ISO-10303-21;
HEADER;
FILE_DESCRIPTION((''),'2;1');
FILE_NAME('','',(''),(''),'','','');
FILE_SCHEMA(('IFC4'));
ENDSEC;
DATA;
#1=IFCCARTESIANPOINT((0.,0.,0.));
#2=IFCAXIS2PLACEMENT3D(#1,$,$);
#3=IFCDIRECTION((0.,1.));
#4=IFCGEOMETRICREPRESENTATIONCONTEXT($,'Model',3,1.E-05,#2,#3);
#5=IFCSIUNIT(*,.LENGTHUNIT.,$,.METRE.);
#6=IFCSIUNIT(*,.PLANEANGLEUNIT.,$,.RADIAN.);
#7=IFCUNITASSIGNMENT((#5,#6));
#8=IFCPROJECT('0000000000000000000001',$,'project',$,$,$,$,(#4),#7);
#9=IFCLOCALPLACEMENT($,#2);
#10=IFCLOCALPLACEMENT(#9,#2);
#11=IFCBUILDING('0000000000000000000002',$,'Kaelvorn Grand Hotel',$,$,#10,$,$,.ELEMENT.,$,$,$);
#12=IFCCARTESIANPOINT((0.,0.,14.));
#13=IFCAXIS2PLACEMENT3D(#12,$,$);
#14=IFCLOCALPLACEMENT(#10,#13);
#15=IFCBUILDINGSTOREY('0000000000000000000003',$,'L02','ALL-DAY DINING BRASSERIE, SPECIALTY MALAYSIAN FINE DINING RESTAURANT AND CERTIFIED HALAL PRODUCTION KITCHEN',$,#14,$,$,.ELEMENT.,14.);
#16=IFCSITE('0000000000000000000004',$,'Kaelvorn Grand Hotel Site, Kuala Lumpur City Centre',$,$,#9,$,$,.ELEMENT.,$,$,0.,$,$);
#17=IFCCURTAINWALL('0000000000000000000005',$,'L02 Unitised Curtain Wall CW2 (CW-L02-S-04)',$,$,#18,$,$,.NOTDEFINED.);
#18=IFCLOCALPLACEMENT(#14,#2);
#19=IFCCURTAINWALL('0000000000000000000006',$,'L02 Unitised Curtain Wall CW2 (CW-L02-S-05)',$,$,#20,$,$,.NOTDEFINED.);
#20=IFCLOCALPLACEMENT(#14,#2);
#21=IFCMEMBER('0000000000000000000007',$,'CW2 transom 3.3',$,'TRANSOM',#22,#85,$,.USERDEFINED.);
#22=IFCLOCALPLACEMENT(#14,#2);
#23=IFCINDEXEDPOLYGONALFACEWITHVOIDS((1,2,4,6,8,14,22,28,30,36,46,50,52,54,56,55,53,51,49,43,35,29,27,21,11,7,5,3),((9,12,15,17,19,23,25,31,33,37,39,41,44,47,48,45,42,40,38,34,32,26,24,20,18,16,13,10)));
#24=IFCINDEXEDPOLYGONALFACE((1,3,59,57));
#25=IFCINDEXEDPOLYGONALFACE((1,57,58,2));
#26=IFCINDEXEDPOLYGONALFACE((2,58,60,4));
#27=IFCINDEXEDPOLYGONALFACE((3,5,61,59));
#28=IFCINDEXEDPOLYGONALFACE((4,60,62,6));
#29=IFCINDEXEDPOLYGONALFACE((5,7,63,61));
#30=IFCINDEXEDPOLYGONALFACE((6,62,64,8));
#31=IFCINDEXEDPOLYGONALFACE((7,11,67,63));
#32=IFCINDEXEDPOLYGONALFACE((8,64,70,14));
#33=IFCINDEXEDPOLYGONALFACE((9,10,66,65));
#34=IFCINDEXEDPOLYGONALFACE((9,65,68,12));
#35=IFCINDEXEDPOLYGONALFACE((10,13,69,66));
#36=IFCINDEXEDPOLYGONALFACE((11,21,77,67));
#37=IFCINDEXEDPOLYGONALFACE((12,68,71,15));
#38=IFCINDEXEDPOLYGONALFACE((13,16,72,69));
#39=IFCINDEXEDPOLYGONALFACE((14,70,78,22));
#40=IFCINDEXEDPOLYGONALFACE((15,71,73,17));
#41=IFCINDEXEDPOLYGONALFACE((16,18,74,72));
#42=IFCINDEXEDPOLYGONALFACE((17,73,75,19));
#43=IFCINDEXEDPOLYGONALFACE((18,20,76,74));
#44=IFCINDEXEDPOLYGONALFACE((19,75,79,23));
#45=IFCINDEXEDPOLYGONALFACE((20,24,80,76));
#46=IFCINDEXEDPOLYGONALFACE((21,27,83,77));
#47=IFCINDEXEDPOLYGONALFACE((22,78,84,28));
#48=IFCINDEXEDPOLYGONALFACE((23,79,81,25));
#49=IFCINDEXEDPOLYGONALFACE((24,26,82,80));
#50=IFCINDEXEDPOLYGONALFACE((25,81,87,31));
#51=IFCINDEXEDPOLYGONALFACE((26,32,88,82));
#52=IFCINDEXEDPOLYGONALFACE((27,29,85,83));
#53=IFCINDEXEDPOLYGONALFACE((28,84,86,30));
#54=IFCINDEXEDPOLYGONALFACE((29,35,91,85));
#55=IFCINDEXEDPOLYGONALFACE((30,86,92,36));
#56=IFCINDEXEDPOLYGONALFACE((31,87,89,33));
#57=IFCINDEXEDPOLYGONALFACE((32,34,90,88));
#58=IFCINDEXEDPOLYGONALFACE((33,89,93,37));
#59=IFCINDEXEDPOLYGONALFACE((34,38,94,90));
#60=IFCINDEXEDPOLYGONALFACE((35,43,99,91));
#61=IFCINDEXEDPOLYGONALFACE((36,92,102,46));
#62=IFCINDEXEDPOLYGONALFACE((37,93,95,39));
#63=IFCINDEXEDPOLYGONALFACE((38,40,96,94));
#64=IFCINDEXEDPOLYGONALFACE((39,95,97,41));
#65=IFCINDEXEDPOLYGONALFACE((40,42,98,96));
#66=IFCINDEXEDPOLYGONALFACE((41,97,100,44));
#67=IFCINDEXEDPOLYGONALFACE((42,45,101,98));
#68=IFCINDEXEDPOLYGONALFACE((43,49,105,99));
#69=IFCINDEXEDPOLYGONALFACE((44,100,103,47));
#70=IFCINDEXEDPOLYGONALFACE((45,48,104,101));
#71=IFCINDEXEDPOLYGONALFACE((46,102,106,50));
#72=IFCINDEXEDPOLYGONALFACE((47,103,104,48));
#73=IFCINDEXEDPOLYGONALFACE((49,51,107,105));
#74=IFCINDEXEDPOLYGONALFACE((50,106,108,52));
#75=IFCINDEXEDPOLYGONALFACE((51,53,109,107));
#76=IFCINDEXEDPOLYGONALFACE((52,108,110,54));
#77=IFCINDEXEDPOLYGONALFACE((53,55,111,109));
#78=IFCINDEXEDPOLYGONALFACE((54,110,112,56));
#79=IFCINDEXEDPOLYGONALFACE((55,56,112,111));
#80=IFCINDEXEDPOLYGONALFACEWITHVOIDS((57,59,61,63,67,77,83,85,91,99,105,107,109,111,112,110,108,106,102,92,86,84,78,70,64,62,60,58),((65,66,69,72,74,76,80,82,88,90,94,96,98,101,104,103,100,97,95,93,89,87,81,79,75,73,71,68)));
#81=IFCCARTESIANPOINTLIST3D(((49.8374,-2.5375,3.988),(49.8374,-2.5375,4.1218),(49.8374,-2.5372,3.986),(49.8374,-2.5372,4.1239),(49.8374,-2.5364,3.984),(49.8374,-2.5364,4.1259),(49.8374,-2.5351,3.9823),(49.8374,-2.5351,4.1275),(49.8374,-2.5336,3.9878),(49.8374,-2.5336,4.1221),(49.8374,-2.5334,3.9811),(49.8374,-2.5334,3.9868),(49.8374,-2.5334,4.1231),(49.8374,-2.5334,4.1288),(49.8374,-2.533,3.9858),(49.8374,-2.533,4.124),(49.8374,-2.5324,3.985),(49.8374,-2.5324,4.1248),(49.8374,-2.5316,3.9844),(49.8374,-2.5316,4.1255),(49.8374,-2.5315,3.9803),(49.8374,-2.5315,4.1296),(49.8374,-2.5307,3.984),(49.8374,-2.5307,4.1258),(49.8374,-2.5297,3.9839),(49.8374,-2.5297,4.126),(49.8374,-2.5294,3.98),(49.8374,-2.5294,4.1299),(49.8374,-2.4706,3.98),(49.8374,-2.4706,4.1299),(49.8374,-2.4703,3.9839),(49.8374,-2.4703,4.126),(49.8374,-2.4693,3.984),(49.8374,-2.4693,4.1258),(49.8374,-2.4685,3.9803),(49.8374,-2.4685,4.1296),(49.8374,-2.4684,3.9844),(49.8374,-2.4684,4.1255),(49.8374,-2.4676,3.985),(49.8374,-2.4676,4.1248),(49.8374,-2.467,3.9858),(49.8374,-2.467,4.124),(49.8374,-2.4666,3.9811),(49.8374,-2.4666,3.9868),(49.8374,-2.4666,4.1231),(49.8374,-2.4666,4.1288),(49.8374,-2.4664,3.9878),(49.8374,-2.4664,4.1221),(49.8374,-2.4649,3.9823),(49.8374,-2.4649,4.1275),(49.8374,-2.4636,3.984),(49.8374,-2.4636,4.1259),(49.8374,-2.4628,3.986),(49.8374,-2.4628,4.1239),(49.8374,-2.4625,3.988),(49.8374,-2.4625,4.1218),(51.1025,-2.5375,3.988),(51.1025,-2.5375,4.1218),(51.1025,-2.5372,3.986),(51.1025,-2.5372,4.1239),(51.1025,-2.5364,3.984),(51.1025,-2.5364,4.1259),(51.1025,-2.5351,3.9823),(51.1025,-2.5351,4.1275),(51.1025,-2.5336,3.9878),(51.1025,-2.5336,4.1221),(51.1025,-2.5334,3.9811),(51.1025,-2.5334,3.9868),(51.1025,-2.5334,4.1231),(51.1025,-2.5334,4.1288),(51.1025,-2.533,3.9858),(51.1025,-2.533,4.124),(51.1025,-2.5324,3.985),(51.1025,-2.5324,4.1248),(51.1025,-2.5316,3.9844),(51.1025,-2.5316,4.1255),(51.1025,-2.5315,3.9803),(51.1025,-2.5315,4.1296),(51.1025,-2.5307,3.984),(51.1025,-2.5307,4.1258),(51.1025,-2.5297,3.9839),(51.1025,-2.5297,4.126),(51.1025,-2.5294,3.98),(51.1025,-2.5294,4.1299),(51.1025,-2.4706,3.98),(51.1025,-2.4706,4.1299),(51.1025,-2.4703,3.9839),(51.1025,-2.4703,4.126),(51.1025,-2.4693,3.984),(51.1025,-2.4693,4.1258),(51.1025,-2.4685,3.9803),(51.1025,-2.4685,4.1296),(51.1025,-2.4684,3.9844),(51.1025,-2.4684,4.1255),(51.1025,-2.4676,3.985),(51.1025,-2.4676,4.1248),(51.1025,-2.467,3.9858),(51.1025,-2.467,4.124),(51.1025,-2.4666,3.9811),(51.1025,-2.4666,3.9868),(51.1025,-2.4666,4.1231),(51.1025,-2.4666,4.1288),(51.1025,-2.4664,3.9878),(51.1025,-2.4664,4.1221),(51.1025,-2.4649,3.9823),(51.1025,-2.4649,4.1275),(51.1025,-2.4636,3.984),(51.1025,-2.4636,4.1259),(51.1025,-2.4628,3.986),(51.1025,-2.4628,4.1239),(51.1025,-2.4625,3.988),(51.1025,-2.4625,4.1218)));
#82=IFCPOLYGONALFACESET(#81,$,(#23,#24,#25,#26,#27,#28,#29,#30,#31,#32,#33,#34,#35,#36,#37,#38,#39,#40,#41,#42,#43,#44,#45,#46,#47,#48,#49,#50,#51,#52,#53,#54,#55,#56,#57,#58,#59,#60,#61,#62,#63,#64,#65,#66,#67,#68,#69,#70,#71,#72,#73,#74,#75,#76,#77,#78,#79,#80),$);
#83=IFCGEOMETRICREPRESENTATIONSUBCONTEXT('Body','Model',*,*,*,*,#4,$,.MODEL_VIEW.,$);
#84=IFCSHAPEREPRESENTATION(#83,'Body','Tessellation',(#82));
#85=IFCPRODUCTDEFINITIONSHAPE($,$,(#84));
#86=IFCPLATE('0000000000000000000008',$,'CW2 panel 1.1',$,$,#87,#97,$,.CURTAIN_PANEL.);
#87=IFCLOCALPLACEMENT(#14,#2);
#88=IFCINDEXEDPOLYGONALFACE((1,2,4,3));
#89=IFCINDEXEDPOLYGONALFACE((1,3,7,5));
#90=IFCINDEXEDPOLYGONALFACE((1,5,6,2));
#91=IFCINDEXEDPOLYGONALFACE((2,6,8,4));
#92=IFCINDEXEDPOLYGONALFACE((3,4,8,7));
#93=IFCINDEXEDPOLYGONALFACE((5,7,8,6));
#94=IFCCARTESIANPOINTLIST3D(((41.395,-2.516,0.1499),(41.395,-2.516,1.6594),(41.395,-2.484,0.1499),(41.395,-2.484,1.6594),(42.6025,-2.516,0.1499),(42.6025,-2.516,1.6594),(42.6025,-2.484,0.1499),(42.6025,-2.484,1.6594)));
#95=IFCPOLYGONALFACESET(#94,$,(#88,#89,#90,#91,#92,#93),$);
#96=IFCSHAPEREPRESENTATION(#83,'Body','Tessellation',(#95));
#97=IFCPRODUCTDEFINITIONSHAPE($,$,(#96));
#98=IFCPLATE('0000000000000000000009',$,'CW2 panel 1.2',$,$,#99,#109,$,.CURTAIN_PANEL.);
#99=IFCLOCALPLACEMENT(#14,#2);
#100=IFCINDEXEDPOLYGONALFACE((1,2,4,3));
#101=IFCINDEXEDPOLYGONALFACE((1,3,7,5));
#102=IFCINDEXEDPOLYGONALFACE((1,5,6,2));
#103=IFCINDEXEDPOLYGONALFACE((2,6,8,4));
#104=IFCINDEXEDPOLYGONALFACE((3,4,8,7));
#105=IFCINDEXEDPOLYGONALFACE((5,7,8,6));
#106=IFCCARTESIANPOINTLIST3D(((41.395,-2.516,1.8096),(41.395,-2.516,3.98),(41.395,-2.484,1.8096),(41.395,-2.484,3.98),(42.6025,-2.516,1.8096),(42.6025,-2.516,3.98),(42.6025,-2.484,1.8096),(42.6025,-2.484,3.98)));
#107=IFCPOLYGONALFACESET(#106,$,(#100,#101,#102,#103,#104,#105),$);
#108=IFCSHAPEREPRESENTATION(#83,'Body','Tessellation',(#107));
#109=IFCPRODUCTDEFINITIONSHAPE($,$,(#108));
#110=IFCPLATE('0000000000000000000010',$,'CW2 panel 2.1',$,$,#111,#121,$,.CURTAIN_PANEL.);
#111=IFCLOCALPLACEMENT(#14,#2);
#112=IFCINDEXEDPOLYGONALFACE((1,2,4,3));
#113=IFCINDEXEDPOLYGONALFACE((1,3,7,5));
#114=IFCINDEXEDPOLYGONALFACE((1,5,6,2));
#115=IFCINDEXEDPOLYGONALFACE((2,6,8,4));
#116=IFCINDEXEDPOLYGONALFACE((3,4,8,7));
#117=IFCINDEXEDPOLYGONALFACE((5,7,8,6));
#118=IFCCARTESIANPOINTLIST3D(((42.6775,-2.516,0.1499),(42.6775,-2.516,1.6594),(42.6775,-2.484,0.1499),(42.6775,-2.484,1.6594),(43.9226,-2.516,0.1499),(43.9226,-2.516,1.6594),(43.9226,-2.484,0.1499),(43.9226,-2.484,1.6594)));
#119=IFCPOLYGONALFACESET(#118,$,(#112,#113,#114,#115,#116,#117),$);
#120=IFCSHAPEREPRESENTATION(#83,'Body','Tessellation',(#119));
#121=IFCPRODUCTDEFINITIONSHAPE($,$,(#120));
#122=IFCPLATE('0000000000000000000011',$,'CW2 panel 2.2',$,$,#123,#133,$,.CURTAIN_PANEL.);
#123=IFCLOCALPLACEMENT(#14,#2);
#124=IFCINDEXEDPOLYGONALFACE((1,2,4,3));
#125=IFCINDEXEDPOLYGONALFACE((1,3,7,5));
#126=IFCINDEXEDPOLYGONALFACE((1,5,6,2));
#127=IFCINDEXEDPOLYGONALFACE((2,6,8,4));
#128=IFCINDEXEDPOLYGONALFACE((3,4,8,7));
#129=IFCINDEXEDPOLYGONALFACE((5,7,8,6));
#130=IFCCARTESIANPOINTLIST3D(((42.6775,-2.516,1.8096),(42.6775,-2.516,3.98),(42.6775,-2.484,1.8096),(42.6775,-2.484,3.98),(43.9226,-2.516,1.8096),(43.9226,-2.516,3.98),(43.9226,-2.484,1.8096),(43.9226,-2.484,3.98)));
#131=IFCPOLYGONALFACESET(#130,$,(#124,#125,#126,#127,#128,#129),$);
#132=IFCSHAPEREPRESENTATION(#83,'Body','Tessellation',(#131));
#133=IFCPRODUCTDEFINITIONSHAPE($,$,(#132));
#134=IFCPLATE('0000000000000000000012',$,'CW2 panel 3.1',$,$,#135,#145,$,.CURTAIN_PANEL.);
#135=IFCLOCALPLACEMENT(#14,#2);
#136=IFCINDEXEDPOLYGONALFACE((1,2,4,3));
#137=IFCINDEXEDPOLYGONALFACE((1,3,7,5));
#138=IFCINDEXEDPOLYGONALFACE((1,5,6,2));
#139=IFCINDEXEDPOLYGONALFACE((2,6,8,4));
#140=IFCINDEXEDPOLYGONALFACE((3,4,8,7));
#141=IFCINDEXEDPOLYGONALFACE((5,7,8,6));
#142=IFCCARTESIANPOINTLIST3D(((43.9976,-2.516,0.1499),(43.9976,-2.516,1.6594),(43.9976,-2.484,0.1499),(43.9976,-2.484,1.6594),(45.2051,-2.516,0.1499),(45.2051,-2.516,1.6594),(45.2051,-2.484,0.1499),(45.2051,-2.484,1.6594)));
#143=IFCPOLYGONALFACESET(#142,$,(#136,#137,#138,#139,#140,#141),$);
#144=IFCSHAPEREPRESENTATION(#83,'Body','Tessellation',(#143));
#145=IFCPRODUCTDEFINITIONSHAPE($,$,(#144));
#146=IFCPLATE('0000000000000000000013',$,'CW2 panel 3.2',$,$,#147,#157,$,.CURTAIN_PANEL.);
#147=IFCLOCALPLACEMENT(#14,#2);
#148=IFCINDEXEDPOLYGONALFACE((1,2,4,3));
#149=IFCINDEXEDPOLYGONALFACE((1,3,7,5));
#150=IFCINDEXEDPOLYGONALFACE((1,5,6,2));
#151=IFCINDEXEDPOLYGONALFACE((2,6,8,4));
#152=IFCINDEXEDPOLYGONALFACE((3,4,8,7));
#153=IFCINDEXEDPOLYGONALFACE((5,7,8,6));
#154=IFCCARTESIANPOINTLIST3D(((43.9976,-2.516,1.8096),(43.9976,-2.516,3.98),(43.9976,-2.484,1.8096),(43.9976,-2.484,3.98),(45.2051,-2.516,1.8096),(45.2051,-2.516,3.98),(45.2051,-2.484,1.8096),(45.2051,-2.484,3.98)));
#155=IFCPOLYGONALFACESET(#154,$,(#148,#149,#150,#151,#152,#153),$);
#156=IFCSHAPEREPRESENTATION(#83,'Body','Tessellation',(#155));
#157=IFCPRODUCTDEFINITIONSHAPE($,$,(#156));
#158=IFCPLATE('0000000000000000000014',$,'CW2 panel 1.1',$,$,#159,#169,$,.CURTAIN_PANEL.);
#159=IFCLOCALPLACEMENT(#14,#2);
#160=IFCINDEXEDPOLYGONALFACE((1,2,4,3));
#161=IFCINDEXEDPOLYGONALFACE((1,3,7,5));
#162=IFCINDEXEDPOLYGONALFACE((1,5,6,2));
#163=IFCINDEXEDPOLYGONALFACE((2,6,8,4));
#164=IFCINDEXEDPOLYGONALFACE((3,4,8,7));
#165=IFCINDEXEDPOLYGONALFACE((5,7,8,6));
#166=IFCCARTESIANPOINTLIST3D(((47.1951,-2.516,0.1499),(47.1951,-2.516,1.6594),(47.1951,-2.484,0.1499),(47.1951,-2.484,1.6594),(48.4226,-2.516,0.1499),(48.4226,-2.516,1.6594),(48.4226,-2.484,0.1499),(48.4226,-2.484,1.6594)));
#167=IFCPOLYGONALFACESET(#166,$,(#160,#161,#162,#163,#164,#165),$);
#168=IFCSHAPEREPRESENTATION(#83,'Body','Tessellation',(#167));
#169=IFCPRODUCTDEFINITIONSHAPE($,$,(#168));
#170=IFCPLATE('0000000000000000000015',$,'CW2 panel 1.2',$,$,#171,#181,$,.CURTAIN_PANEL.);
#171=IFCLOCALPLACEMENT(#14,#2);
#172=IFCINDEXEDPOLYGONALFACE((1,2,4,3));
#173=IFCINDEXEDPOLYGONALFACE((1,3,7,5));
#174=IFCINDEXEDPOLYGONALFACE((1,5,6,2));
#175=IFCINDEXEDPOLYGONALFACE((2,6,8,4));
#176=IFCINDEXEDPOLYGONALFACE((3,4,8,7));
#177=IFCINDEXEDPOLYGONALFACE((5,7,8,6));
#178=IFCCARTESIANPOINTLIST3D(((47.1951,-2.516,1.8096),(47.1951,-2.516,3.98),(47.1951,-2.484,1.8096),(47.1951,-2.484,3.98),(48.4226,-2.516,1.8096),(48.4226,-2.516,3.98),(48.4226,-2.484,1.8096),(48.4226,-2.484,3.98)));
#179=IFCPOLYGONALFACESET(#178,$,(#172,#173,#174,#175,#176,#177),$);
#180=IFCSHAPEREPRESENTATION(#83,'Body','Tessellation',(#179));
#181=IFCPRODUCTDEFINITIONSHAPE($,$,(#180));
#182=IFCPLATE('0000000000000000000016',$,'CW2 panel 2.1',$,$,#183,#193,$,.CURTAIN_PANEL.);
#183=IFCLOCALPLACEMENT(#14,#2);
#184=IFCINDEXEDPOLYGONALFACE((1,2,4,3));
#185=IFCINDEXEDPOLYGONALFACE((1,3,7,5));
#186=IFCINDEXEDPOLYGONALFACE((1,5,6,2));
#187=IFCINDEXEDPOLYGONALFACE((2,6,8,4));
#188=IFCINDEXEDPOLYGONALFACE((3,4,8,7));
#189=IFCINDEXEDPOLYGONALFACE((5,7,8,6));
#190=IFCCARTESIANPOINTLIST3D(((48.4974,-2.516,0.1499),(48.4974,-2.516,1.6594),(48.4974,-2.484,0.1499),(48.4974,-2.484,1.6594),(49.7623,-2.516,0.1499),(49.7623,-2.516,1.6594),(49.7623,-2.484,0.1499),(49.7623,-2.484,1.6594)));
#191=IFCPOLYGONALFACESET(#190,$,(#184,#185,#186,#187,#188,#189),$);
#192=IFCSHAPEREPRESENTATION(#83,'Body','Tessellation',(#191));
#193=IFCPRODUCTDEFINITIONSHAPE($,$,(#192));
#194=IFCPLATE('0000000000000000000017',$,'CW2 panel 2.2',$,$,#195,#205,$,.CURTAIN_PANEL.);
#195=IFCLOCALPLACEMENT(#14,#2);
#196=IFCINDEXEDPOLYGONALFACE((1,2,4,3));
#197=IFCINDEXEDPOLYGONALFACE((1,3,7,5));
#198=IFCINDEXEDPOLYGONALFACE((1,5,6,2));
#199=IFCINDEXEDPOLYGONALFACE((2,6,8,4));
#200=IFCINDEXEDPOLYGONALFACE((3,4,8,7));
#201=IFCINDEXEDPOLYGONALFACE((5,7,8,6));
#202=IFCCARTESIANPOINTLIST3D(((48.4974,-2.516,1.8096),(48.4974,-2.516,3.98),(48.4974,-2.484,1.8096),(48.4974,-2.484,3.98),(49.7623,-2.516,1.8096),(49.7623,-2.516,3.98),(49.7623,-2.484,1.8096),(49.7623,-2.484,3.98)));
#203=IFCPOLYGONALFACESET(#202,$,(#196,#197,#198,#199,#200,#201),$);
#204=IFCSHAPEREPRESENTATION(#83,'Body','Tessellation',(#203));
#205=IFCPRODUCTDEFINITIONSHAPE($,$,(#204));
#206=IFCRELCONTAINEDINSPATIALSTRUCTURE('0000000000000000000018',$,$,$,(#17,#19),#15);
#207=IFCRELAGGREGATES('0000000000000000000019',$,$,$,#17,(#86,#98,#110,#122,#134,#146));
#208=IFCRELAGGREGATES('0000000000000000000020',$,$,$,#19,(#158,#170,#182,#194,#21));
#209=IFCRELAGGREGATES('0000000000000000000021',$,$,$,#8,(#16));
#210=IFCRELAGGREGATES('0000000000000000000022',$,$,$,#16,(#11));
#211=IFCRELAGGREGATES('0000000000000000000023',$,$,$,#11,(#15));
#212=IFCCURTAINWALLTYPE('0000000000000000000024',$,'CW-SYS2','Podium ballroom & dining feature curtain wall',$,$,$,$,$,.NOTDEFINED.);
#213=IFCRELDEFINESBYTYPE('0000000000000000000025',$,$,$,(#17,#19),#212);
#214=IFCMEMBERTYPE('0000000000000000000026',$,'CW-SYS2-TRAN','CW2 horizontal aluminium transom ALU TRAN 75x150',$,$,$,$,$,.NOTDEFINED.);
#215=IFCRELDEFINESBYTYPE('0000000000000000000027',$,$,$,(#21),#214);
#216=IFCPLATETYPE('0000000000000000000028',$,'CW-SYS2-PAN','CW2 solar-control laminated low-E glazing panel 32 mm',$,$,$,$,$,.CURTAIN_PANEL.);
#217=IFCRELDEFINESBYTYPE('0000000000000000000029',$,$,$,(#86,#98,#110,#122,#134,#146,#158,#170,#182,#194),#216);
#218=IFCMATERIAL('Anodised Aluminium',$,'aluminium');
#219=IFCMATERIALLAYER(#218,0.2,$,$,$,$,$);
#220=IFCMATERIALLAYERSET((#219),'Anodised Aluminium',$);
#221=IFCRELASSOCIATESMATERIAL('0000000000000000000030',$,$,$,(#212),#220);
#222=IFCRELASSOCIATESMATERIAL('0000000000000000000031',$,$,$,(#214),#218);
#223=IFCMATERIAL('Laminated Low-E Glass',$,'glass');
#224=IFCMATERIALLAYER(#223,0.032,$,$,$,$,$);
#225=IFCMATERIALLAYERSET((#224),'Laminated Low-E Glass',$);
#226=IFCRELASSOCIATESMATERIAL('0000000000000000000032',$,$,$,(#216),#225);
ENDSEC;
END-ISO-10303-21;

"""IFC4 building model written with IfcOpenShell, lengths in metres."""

from ifc_helpers import new_model, si_unit, direction, frame, origin, origin_2d, place, context, subcontext, project, spatial, rectangle, hollow_rectangle, extrude, material, layer, layer_set, material_profile, profile_set, type_object, element, aggregate, save


model = new_model("IFC4")

# Units and contexts
model_context = context("Model", 3, precision=1e-05, world=origin(), true_north=direction((0.0, 1.0)))
body_context = subcontext(model_context, "Body", "Model", "MODEL_VIEW")
ifc_project = project(units=[si_unit("LENGTHUNIT", "METRE"), si_unit("PLANEANGLEUNIT", "RADIAN")], contexts=[model_context])

# Site, building, storey
site_placement = place(None, origin())
site = spatial("IfcSite", under=ifc_project, at=site_placement, Name="Kaelvorn Grand Hotel Site, Kuala Lumpur City Centre", CompositionType="ELEMENT", RefElevation=0.0)
building_placement = place(site_placement, origin())
building = spatial("IfcBuilding", under=site, at=building_placement, Name="Kaelvorn Grand Hotel", CompositionType="ELEMENT")
storey_placement = place(building_placement, frame((0.0, 0.0, 14.0)))
storey = spatial("IfcBuildingStorey", under=building, at=storey_placement, Name="L02", Description="ALL-DAY DINING BRASSERIE, SPECIALTY MALAYSIAN FINE DINING RESTAURANT AND CERTIFIED HALAL PRODUCTION KITCHEN", CompositionType="ELEMENT", Elevation=14.0)

# Curtain walls
ifc_material_1 = material(Name="Anodised Aluminium", Category="aluminium")
ifc_layer_1 = layer(ifc_material_1, 0.2)
ifc_layer_set_1 = layer_set([ifc_layer_1], Name="Anodised Aluminium")
curtain_wall_type = type_object("IfcCurtainWallType", Name="CW-SYS2", Description="Podium ballroom & dining feature curtain wall", PredefinedType="NOTDEFINED", material=ifc_layer_set_1)
curtain_wall_1_placement = place(storey_placement, origin())
curtain_wall_1 = element("IfcCurtainWall", 1, at=curtain_wall_1_placement, inside=storey, type_object=curtain_wall_type, Name="L02 Unitised Curtain Wall CW2 (CW-L02-S-04)", PredefinedType="NOTDEFINED")
curtain_wall_2_placement = place(storey_placement, origin())
curtain_wall_2 = element("IfcCurtainWall", 2, at=curtain_wall_2_placement, inside=storey, type_object=curtain_wall_type, Name="L02 Unitised Curtain Wall CW2 (CW-L02-S-05)", PredefinedType="NOTDEFINED")

# Member
ifc_material_profile_1 = material_profile(ifc_material_1, hollow_rectangle(XDim=0.075, YDim=0.1499, WallThickness=0.0039, InnerFilletRadius=0.0039, OuterFilletRadius=0.0081, at=origin_2d()), Name="ALU TRAN 75x150")
ifc_profile_set_1 = profile_set([ifc_material_profile_1], Name="Anodised Aluminium")
member_type_1 = type_object("IfcMemberType", Name="CW-SYS2-TRAN", Description="CW2 horizontal aluminium transom ALU TRAN 75x150", PredefinedType="NOTDEFINED", material=ifc_profile_set_1)
member_1_placement = place(storey_placement, frame((49.8374, -2.5, 4.0549), z_axis=(1.0, 0.0, 0.0), x_axis=(0.0, 1.0, 0.0)))
member_1 = element("IfcMember", 3, at=member_1_placement, type_object=member_type_1, Name="CW2 transom 3.3", ObjectType="TRANSOM", PredefinedType="USERDEFINED", context=body_context, shape_type="SweptSolid", body=[
    extrude(hollow_rectangle(XDim=0.075, YDim=0.1499, WallThickness=0.0039, InnerFilletRadius=0.0039, OuterFilletRadius=0.0081, at=origin_2d()), origin(), (0.0, 0.0, 1.0), 1.2651),
])

# Plates
ifc_material_2 = material(Name="Laminated Low-E Glass", Category="glass")
ifc_layer_2 = layer(ifc_material_2, 0.032)
ifc_layer_set_2 = layer_set([ifc_layer_2], Name="Laminated Low-E Glass")
plate_type = type_object("IfcPlateType", Name="CW-SYS2-PAN", Description="CW2 solar-control laminated low-E glazing panel 32 mm", PredefinedType="CURTAIN_PANEL", material=ifc_layer_set_2)
plate_1_placement = place(storey_placement, frame((41.9988, -2.5, 0.1499), z_axis=(0.0, 0.0, 1.0), x_axis=(1.0, 0.0, 0.0)))
plate_1 = element("IfcPlate", 4, at=plate_1_placement, type_object=plate_type, Name="CW2 panel 1.1", PredefinedType="CURTAIN_PANEL", context=body_context, shape_type="SweptSolid", body=[
    extrude(rectangle(XDim=1.2075, YDim=0.032, at=origin_2d()), origin(), (0.0, 0.0, 1.0), 1.5095),
])
plate_2_placement = place(storey_placement, frame((41.9988, -2.5, 1.8096), z_axis=(0.0, 0.0, 1.0), x_axis=(1.0, 0.0, 0.0)))
plate_2 = element("IfcPlate", 5, at=plate_2_placement, type_object=plate_type, Name="CW2 panel 1.2", PredefinedType="CURTAIN_PANEL", context=body_context, shape_type="SweptSolid", body=[
    extrude(rectangle(XDim=1.2075, YDim=0.032, at=origin_2d()), origin(), (0.0, 0.0, 1.0), 2.1704),
])
plate_3_placement = place(storey_placement, frame((43.3, -2.5, 0.1499), z_axis=(0.0, 0.0, 1.0), x_axis=(1.0, 0.0, 0.0)))
plate_3 = element("IfcPlate", 6, at=plate_3_placement, type_object=plate_type, Name="CW2 panel 2.1", PredefinedType="CURTAIN_PANEL", context=body_context, shape_type="SweptSolid", body=[
    extrude(rectangle(XDim=1.2451, YDim=0.032, at=origin_2d()), origin(), (0.0, 0.0, 1.0), 1.5095),
])
plate_4_placement = place(storey_placement, frame((43.3, -2.5, 1.8096), z_axis=(0.0, 0.0, 1.0), x_axis=(1.0, 0.0, 0.0)))
plate_4 = element("IfcPlate", 7, at=plate_4_placement, type_object=plate_type, Name="CW2 panel 2.2", PredefinedType="CURTAIN_PANEL", context=body_context, shape_type="SweptSolid", body=[
    extrude(rectangle(XDim=1.2451, YDim=0.032, at=origin_2d()), origin(), (0.0, 0.0, 1.0), 2.1704),
])
plate_5_placement = place(storey_placement, frame((44.6013, -2.5, 0.1499), z_axis=(0.0, 0.0, 1.0), x_axis=(1.0, 0.0, 0.0)))
plate_5 = element("IfcPlate", 8, at=plate_5_placement, type_object=plate_type, Name="CW2 panel 3.1", PredefinedType="CURTAIN_PANEL", context=body_context, shape_type="SweptSolid", body=[
    extrude(rectangle(XDim=1.2075, YDim=0.032, at=origin_2d()), origin(), (0.0, 0.0, 1.0), 1.5095),
])
plate_6_placement = place(storey_placement, frame((44.6013, -2.5, 1.8096), z_axis=(0.0, 0.0, 1.0), x_axis=(1.0, 0.0, 0.0)))
plate_6 = element("IfcPlate", 9, at=plate_6_placement, type_object=plate_type, Name="CW2 panel 3.2", PredefinedType="CURTAIN_PANEL", context=body_context, shape_type="SweptSolid", body=[
    extrude(rectangle(XDim=1.2075, YDim=0.032, at=origin_2d()), origin(), (0.0, 0.0, 1.0), 2.1704),
])
aggregate(curtain_wall_1, [plate_1, plate_2, plate_3, plate_4, plate_5, plate_6])
plate_7_placement = place(storey_placement, frame((47.8088, -2.5, 0.1499), z_axis=(0.0, 0.0, 1.0), x_axis=(1.0, 0.0, 0.0)))
plate_7 = element("IfcPlate", 10, at=plate_7_placement, type_object=plate_type, Name="CW2 panel 1.1", PredefinedType="CURTAIN_PANEL", context=body_context, shape_type="SweptSolid", body=[
    extrude(rectangle(XDim=1.2275, YDim=0.032, at=origin_2d()), origin(), (0.0, 0.0, 1.0), 1.5095),
])
plate_8_placement = place(storey_placement, frame((47.8088, -2.5, 1.8096), z_axis=(0.0, 0.0, 1.0), x_axis=(1.0, 0.0, 0.0)))
plate_8 = element("IfcPlate", 11, at=plate_8_placement, type_object=plate_type, Name="CW2 panel 1.2", PredefinedType="CURTAIN_PANEL", context=body_context, shape_type="SweptSolid", body=[
    extrude(rectangle(XDim=1.2275, YDim=0.032, at=origin_2d()), origin(), (0.0, 0.0, 1.0), 2.1704),
])
plate_9_placement = place(storey_placement, frame((49.1299, -2.5, 0.1499), z_axis=(0.0, 0.0, 1.0), x_axis=(1.0, 0.0, 0.0)))
plate_9 = element("IfcPlate", 12, at=plate_9_placement, type_object=plate_type, Name="CW2 panel 2.1", PredefinedType="CURTAIN_PANEL", context=body_context, shape_type="SweptSolid", body=[
    extrude(rectangle(XDim=1.2649, YDim=0.032, at=origin_2d()), origin(), (0.0, 0.0, 1.0), 1.5095),
])
plate_10_placement = place(storey_placement, frame((49.1299, -2.5, 1.8096), z_axis=(0.0, 0.0, 1.0), x_axis=(1.0, 0.0, 0.0)))
plate_10 = element("IfcPlate", 13, at=plate_10_placement, type_object=plate_type, Name="CW2 panel 2.2", PredefinedType="CURTAIN_PANEL", context=body_context, shape_type="SweptSolid", body=[
    extrude(rectangle(XDim=1.2649, YDim=0.032, at=origin_2d()), origin(), (0.0, 0.0, 1.0), 2.1704),
])
aggregate(curtain_wall_2, [plate_7, plate_8, plate_9, plate_10, member_1])

save(model, "model.ifc")
